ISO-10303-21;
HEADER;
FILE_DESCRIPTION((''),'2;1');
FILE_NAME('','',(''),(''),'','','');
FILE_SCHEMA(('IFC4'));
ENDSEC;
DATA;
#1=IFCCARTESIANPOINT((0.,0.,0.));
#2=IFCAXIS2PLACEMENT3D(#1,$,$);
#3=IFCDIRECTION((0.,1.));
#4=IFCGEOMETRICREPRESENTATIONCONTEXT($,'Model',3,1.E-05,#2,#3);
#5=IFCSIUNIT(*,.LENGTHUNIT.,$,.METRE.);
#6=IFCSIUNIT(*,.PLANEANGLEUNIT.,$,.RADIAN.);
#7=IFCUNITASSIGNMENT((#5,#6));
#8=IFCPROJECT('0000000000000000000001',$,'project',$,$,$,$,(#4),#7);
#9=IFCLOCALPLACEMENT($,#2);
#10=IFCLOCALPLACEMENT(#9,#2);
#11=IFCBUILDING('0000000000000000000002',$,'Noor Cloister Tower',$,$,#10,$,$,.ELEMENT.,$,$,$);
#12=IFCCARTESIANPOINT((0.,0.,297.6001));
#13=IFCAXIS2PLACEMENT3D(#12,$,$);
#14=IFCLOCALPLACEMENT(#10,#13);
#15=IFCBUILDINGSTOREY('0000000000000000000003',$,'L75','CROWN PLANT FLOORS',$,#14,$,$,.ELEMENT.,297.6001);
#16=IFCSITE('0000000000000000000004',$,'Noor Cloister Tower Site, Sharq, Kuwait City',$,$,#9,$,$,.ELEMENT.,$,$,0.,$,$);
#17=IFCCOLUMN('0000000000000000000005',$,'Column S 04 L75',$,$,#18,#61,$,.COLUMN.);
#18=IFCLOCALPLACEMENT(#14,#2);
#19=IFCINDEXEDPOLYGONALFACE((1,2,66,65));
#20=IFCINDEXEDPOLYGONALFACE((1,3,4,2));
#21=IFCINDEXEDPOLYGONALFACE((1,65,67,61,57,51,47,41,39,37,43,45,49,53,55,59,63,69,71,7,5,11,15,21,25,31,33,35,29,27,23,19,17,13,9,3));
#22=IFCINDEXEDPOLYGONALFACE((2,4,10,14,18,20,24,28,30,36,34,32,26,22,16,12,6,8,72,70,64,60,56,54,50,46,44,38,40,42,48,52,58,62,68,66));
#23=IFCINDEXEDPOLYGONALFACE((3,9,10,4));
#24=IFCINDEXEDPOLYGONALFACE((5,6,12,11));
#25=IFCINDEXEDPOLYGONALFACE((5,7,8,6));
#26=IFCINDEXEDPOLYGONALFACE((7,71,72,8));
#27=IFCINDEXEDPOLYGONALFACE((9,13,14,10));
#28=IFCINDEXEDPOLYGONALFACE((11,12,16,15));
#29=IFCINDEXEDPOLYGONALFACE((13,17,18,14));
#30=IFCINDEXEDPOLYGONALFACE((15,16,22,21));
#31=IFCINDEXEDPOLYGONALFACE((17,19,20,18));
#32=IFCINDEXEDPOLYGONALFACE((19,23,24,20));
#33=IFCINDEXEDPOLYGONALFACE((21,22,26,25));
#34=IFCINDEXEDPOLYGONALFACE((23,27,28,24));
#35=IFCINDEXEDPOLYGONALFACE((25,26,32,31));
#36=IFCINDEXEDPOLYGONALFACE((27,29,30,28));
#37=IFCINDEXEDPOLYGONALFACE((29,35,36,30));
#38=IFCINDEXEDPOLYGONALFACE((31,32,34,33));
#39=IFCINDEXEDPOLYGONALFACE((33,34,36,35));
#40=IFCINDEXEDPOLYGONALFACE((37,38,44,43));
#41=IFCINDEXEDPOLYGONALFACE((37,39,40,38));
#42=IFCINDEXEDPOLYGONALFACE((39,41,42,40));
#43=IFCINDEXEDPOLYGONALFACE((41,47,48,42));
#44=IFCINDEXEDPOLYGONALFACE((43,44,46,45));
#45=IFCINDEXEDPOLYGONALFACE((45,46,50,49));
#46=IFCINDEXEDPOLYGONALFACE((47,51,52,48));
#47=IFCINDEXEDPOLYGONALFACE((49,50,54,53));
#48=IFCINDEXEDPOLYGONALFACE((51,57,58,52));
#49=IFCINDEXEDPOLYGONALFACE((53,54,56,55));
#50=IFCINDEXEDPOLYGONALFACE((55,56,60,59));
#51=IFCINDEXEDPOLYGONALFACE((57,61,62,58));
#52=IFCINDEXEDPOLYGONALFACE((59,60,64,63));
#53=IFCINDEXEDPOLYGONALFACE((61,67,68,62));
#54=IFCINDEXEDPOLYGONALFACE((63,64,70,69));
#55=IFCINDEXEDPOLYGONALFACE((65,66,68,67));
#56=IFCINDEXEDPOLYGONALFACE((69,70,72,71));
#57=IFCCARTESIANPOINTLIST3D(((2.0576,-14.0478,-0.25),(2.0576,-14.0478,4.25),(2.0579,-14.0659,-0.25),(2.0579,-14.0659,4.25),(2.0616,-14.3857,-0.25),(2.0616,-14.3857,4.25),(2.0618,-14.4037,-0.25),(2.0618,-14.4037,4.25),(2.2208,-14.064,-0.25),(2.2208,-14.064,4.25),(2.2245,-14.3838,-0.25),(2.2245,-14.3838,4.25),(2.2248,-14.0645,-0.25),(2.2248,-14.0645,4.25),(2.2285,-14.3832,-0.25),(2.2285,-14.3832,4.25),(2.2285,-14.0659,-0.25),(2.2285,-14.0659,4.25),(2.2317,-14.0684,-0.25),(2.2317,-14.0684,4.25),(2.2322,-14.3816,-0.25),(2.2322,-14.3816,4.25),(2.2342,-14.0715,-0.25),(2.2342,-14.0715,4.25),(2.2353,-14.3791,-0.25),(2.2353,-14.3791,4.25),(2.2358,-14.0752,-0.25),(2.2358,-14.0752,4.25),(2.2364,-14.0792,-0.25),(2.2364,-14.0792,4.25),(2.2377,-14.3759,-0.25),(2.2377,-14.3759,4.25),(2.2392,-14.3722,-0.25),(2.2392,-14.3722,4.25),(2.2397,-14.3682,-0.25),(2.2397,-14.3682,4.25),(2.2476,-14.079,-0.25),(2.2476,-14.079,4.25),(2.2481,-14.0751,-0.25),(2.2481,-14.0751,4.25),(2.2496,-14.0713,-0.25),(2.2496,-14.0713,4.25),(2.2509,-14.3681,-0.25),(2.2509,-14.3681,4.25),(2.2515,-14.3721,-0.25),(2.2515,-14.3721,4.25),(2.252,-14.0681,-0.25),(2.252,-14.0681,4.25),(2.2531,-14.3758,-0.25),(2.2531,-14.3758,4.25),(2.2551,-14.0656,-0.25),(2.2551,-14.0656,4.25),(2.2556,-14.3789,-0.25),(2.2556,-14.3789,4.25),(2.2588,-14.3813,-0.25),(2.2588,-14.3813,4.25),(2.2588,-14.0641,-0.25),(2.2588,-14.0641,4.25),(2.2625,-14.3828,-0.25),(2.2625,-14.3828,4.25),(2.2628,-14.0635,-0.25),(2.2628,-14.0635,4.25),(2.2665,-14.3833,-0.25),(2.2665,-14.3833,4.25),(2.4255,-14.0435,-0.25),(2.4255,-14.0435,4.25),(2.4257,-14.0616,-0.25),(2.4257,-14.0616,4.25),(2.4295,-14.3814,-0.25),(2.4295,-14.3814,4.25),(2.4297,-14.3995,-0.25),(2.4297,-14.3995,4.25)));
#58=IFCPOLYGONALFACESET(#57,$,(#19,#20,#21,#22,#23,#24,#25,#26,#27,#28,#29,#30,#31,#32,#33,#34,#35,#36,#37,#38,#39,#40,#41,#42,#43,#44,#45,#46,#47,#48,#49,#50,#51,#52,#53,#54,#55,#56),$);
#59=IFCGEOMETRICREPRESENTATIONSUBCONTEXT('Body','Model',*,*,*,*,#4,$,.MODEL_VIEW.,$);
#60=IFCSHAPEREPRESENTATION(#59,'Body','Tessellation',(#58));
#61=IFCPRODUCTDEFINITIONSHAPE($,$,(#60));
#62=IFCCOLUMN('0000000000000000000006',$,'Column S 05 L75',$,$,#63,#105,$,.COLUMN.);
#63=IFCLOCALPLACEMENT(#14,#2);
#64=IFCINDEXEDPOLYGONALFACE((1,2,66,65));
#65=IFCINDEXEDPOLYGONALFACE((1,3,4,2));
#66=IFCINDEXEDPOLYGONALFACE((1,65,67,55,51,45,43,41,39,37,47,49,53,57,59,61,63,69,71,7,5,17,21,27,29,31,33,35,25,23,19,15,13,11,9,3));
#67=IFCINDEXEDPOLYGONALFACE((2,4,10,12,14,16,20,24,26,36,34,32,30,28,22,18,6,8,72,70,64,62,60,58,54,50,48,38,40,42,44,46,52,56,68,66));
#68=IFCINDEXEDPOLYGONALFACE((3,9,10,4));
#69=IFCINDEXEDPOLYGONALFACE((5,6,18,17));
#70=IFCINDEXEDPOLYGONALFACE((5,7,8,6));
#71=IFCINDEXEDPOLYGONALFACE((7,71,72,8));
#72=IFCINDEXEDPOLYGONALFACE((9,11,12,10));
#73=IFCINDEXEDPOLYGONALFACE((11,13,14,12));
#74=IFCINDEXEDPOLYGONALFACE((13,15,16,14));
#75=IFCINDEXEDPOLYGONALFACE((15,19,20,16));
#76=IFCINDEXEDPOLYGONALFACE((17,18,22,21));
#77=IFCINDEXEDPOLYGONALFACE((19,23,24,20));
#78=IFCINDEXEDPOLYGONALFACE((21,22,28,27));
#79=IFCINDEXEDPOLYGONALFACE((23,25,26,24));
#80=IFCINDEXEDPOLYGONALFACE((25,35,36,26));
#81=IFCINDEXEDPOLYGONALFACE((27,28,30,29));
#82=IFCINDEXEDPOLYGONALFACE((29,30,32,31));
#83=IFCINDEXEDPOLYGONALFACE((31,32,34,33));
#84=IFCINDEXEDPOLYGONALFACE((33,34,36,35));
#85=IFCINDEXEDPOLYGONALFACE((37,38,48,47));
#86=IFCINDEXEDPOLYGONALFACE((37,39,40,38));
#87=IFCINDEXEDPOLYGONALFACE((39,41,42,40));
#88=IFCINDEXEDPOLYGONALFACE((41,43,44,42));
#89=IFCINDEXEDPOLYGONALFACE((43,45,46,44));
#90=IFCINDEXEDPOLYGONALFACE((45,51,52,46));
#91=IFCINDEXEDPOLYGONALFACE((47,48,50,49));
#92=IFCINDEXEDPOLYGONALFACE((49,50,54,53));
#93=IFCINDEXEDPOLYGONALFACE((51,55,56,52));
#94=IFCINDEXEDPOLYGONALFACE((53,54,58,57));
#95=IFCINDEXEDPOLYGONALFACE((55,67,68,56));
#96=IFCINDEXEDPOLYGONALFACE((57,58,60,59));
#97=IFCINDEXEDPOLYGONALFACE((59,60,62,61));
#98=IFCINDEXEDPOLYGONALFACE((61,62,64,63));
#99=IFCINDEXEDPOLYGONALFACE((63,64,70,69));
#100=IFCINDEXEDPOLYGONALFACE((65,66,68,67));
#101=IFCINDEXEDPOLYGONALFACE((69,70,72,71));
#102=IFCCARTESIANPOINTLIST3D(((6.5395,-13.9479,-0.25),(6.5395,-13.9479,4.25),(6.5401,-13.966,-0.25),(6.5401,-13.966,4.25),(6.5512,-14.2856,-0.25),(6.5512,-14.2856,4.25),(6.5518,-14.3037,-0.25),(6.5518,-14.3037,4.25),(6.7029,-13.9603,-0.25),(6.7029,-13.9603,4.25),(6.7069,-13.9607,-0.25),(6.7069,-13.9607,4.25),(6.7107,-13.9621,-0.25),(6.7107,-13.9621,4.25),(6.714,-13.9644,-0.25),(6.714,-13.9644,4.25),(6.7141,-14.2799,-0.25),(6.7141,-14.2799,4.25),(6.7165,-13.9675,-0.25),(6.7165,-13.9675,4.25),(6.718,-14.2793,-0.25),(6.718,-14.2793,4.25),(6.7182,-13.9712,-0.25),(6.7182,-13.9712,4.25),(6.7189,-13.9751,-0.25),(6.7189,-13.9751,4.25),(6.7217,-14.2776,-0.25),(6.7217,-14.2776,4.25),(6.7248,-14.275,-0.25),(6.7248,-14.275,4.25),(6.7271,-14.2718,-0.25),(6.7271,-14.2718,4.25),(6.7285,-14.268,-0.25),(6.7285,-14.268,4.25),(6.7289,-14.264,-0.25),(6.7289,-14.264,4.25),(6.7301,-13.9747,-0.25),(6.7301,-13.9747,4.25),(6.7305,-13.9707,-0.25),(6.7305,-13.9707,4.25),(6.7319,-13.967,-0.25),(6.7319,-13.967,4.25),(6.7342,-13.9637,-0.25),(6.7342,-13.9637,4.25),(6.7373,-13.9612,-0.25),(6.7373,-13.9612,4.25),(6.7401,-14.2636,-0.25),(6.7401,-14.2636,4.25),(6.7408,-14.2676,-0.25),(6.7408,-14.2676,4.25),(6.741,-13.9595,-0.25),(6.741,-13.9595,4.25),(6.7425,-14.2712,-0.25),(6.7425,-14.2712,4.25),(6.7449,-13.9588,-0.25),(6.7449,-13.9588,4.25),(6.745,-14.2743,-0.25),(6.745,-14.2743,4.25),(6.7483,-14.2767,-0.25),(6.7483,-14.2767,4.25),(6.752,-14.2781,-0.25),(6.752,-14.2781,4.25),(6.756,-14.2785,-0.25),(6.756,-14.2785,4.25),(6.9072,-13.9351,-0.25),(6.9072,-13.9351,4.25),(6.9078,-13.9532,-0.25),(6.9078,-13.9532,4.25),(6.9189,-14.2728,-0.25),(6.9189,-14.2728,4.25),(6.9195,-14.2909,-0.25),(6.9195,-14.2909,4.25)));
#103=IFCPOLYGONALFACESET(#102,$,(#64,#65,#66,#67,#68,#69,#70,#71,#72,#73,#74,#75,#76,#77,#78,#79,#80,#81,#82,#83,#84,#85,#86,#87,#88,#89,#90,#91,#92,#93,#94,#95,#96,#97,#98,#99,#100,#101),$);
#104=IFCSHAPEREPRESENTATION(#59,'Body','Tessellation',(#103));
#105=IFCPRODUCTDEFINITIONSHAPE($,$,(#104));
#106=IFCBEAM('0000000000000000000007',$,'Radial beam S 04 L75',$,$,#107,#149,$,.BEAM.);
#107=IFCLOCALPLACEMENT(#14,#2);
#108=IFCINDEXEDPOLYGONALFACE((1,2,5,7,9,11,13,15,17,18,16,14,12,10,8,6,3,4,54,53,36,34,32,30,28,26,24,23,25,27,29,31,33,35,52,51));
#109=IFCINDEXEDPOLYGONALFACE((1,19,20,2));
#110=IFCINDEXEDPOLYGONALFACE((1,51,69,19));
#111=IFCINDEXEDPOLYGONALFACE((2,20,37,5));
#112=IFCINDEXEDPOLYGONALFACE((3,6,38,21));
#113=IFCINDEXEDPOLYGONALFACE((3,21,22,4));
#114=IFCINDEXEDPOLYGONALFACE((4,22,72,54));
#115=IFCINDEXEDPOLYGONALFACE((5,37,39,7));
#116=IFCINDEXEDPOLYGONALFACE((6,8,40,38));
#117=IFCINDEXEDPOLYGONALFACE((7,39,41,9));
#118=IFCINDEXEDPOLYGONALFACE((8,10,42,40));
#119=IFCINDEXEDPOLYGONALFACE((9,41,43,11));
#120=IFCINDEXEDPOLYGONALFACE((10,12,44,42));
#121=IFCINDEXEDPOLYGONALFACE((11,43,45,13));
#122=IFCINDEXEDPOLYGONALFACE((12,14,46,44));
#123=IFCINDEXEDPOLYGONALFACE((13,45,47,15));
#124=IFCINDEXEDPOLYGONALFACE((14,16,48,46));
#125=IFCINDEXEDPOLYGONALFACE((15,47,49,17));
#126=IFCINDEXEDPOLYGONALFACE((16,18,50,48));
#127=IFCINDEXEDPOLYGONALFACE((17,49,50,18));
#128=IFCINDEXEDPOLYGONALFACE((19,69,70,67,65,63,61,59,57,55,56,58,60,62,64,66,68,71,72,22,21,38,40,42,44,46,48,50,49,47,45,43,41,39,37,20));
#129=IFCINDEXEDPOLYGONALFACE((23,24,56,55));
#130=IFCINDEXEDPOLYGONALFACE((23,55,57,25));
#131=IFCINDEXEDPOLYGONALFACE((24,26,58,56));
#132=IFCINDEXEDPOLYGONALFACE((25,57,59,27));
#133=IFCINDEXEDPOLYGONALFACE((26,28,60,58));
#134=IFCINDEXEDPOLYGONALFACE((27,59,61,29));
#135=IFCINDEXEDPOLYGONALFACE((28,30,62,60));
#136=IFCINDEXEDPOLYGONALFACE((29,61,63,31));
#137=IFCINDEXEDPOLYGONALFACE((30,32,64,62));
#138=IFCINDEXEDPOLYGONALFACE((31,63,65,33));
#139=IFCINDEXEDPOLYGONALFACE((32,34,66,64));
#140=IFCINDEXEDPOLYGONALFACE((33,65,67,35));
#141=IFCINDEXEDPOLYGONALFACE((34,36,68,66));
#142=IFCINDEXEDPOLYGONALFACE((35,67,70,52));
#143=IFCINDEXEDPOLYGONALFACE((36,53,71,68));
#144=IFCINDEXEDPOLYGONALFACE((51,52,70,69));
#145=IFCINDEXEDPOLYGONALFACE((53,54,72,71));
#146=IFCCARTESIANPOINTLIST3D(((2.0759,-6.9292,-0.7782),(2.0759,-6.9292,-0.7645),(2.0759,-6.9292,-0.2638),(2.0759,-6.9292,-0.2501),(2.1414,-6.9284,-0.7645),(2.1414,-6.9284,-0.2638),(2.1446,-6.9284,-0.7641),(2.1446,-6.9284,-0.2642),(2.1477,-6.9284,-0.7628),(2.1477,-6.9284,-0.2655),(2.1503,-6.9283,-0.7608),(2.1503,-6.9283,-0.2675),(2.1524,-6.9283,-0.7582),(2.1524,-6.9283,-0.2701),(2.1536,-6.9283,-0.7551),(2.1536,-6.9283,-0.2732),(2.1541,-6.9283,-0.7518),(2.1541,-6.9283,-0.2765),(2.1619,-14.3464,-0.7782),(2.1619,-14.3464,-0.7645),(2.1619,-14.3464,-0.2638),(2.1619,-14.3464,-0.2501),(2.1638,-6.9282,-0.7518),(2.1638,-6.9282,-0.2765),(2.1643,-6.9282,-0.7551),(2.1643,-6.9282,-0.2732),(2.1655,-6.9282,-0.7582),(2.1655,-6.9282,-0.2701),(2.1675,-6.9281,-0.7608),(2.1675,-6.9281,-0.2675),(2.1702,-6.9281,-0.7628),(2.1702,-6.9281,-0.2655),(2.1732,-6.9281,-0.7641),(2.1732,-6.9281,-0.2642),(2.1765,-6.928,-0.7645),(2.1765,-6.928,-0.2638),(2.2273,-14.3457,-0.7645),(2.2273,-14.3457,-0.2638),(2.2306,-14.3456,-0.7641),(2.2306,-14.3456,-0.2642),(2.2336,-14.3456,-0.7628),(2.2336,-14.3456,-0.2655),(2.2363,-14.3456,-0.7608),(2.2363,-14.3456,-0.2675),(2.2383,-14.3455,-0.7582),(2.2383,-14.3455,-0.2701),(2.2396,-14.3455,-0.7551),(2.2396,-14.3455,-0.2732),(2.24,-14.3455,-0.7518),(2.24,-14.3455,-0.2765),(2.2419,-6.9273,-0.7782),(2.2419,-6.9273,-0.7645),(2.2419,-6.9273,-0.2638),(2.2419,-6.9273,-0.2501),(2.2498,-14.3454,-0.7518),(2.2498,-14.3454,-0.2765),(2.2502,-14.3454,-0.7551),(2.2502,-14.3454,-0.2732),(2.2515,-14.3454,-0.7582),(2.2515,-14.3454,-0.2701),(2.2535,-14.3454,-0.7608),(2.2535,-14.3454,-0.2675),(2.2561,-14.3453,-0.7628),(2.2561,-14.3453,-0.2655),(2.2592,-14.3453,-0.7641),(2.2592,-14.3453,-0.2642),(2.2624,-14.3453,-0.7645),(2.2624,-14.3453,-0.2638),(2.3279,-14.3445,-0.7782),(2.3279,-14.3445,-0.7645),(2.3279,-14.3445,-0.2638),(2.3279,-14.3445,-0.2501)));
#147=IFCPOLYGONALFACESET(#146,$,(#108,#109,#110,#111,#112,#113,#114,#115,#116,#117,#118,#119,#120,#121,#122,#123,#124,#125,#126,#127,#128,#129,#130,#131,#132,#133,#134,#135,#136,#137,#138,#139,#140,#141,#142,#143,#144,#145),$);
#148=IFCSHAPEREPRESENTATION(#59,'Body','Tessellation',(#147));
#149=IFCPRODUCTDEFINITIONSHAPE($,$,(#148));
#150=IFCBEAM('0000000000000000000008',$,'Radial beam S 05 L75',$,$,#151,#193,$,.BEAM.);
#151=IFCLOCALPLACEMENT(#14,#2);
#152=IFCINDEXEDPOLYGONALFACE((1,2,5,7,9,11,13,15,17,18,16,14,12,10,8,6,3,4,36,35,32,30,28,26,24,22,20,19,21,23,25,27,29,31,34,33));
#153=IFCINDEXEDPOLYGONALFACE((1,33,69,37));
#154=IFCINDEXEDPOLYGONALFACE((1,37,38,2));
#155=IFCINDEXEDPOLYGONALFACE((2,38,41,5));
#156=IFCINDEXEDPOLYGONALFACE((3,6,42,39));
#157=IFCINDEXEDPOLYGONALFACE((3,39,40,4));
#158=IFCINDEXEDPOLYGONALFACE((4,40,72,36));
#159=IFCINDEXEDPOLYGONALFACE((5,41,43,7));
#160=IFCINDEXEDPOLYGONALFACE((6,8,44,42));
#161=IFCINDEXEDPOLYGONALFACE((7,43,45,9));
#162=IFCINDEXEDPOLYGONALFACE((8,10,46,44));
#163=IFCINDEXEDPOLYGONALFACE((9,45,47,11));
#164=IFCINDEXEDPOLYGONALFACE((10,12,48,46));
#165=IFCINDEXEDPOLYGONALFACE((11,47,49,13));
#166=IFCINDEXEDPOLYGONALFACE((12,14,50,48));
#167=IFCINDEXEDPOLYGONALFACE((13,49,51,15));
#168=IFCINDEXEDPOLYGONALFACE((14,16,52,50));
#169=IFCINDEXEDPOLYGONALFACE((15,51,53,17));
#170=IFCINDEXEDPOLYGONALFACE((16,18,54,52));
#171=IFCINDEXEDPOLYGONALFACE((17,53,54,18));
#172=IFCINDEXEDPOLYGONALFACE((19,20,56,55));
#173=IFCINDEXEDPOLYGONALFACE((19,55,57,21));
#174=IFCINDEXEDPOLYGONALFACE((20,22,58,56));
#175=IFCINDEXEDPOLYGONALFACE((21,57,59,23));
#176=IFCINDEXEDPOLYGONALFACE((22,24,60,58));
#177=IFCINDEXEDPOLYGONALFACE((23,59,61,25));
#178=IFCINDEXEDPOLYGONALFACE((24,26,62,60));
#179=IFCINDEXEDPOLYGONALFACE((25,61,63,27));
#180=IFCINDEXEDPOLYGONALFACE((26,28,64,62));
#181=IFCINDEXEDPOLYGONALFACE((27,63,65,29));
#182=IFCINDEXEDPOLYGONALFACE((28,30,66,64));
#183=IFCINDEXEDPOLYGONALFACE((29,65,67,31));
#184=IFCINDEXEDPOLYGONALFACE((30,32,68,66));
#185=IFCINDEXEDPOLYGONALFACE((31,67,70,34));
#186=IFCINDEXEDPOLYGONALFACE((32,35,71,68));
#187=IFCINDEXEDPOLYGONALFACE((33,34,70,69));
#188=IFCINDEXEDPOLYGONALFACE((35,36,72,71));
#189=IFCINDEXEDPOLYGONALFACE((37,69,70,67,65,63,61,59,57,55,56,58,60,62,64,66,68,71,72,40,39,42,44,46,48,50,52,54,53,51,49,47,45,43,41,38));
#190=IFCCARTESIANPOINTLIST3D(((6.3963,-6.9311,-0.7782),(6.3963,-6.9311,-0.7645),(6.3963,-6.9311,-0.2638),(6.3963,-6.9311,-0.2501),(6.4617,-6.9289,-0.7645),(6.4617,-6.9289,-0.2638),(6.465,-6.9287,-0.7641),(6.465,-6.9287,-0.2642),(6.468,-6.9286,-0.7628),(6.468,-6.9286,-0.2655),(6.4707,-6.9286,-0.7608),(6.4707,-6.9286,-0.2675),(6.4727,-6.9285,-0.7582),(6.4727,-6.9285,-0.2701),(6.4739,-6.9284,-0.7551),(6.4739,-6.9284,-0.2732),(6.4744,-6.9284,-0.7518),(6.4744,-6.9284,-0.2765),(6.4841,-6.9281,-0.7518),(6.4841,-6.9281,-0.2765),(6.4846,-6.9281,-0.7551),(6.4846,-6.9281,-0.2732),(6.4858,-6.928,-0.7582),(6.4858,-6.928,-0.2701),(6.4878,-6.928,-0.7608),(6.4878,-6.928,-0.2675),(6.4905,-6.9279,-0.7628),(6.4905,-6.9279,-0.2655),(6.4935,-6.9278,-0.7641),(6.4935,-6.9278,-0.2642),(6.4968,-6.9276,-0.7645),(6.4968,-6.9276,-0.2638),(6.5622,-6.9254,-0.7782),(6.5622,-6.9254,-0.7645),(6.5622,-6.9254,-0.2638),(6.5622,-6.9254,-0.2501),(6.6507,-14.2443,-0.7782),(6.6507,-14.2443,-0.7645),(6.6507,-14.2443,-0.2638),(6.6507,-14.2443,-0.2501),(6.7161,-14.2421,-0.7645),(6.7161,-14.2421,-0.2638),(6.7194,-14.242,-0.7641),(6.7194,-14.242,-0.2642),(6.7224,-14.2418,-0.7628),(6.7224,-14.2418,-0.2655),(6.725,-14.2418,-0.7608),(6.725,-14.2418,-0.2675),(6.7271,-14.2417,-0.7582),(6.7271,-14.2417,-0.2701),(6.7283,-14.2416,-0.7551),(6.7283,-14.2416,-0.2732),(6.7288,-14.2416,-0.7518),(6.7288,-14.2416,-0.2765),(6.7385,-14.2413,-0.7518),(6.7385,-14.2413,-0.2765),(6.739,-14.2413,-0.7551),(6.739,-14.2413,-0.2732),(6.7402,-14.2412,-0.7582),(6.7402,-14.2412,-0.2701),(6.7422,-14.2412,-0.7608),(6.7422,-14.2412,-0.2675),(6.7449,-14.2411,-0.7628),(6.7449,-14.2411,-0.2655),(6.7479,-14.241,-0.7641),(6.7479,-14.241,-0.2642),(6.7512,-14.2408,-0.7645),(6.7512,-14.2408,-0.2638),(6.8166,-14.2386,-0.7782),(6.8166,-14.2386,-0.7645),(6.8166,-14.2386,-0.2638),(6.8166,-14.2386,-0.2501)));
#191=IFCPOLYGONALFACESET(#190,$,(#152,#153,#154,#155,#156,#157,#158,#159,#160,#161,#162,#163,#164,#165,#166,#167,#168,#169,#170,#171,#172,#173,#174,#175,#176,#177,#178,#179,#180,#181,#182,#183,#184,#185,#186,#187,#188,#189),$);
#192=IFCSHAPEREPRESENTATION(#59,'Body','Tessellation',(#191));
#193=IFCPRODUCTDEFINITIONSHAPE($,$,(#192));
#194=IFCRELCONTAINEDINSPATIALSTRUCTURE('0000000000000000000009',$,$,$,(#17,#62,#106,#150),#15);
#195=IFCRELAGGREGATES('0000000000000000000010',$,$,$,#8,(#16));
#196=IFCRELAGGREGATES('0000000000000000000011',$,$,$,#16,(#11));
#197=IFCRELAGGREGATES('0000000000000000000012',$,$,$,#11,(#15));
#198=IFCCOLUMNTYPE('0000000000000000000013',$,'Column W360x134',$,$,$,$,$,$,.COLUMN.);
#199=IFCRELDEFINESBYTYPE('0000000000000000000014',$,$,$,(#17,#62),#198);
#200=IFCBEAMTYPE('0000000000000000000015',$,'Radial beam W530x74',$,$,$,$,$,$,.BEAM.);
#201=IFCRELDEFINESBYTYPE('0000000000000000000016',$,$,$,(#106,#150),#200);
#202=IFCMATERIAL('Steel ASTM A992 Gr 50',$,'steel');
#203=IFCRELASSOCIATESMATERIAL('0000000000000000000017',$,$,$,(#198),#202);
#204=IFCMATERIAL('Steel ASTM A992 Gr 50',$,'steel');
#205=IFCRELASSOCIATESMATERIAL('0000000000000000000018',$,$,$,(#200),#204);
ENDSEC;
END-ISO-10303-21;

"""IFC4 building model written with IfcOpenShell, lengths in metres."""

from ifc_helpers import new_model, si_unit, direction, frame, origin, origin_2d, place, context, subcontext, project, spatial, i_section, extrude, material, material_profile, profile_set, type_object, element, save


model = new_model("IFC4")

# Units and contexts
model_context = context("Model", 3, precision=1e-05, world=origin(), true_north=direction((0.0, 1.0)))
body_context = subcontext(model_context, "Body", "Model", "MODEL_VIEW")
ifc_project = project(units=[si_unit("LENGTHUNIT", "METRE"), si_unit("PLANEANGLEUNIT", "RADIAN")], contexts=[model_context])

# Site, building, storey
site_placement = place(None, origin())
site = spatial("IfcSite", under=ifc_project, at=site_placement, Name="Noor Cloister Tower Site, Sharq, Kuwait City", CompositionType="ELEMENT", RefElevation=0.0)
building_placement = place(site_placement, origin())
building = spatial("IfcBuilding", under=site, at=building_placement, Name="Noor Cloister Tower", CompositionType="ELEMENT")
storey_placement = place(building_placement, frame((0.0, 0.0, 297.6001)))
storey = spatial("IfcBuildingStorey", under=building, at=storey_placement, Name="L75", Description="CROWN PLANT FLOORS", CompositionType="ELEMENT", Elevation=297.6001)

# Columns
ifc_material_1 = material(Name="Steel ASTM A992 Gr 50", Category="steel")
ifc_material_profile_1 = material_profile(ifc_material_1, i_section(OverallWidth=0.3679, OverallDepth=0.356, WebThickness=0.0112, FlangeThickness=0.0181, FilletRadius=0.0154, at=origin_2d()), Name="W360x134")
ifc_profile_set_1 = profile_set([ifc_material_profile_1], Name="Steel ASTM A992 Gr 50")
column_type = type_object("IfcColumnType", Name="Column W360x134", PredefinedType="COLUMN", material=ifc_profile_set_1)
for number, where, z_axis, x_axis, name in (
    (1, (2.2437, -14.2236, -0.25), (0.0, 0.0, 1.0), (0.999933, 0.011596, 0.0), "Column S 04 L75"),
    (2, (6.7295, -14.1194, -0.25), (0.0, 0.0, 1.0), (0.999395, 0.034782, 0.0), "Column S 05 L75"),
):
    element("IfcColumn", number, at=place(storey_placement, frame(where, z_axis=z_axis, x_axis=x_axis)), inside=storey, type_object=column_type, Name=name, PredefinedType="COLUMN", context=body_context, shape_type="SweptSolid", body=[
        extrude(i_section(OverallWidth=0.3679, OverallDepth=0.356, WebThickness=0.0112, FlangeThickness=0.0181, FilletRadius=0.0154, at=origin_2d()), origin(), (0.0, 0.0, 1.0), 4.5),
    ])

# Beams
ifc_material_2 = material(Name="Steel ASTM A992 Gr 50", Category="steel")
ifc_material_profile_2 = material_profile(ifc_material_2, i_section(OverallWidth=0.166, OverallDepth=0.5281, WebThickness=0.0098, FlangeThickness=0.0137, FilletRadius=0.0127, at=origin_2d()), Name="W530x74")
ifc_profile_set_2 = profile_set([ifc_material_profile_2], Name="Steel ASTM A992 Gr 50")
beam_type_1 = type_object("IfcBeamType", Name="Radial beam W530x74", PredefinedType="BEAM", material=ifc_profile_set_2)
beam_1_placement = place(storey_placement, frame((2.2449, -14.3455, -0.5142), z_axis=(-0.011585, 0.999933, 0.0), x_axis=(-0.999933, -0.011585, 0.0)))
element("IfcBeam", 3, at=beam_1_placement, inside=storey, type_object=beam_type_1, Name="Radial beam S 04 L75", PredefinedType="BEAM", context=body_context, shape_type="SweptSolid", body=[
    extrude(i_section(OverallWidth=0.166, OverallDepth=0.5281, WebThickness=0.0098, FlangeThickness=0.0137, FilletRadius=0.0127, at=origin_2d()), origin(), (0.0, 0.0, 1.0), 7.4177),
])
beam_2_placement = place(storey_placement, frame((6.7336, -14.2415, -0.5142), z_axis=(-0.034764, 0.999396, 0.0), x_axis=(-0.999396, -0.034764, 0.0)))
element("IfcBeam", 4, at=beam_2_placement, inside=storey, type_object=beam_type_1, Name="Radial beam S 05 L75", PredefinedType="BEAM", context=body_context, shape_type="SweptSolid", body=[
    extrude(i_section(OverallWidth=0.166, OverallDepth=0.5281, WebThickness=0.0098, FlangeThickness=0.0137, FilletRadius=0.0127, at=origin_2d()), origin(), (0.0, 0.0, 1.0), 7.3176),
])

save(model, "model.ifc")
